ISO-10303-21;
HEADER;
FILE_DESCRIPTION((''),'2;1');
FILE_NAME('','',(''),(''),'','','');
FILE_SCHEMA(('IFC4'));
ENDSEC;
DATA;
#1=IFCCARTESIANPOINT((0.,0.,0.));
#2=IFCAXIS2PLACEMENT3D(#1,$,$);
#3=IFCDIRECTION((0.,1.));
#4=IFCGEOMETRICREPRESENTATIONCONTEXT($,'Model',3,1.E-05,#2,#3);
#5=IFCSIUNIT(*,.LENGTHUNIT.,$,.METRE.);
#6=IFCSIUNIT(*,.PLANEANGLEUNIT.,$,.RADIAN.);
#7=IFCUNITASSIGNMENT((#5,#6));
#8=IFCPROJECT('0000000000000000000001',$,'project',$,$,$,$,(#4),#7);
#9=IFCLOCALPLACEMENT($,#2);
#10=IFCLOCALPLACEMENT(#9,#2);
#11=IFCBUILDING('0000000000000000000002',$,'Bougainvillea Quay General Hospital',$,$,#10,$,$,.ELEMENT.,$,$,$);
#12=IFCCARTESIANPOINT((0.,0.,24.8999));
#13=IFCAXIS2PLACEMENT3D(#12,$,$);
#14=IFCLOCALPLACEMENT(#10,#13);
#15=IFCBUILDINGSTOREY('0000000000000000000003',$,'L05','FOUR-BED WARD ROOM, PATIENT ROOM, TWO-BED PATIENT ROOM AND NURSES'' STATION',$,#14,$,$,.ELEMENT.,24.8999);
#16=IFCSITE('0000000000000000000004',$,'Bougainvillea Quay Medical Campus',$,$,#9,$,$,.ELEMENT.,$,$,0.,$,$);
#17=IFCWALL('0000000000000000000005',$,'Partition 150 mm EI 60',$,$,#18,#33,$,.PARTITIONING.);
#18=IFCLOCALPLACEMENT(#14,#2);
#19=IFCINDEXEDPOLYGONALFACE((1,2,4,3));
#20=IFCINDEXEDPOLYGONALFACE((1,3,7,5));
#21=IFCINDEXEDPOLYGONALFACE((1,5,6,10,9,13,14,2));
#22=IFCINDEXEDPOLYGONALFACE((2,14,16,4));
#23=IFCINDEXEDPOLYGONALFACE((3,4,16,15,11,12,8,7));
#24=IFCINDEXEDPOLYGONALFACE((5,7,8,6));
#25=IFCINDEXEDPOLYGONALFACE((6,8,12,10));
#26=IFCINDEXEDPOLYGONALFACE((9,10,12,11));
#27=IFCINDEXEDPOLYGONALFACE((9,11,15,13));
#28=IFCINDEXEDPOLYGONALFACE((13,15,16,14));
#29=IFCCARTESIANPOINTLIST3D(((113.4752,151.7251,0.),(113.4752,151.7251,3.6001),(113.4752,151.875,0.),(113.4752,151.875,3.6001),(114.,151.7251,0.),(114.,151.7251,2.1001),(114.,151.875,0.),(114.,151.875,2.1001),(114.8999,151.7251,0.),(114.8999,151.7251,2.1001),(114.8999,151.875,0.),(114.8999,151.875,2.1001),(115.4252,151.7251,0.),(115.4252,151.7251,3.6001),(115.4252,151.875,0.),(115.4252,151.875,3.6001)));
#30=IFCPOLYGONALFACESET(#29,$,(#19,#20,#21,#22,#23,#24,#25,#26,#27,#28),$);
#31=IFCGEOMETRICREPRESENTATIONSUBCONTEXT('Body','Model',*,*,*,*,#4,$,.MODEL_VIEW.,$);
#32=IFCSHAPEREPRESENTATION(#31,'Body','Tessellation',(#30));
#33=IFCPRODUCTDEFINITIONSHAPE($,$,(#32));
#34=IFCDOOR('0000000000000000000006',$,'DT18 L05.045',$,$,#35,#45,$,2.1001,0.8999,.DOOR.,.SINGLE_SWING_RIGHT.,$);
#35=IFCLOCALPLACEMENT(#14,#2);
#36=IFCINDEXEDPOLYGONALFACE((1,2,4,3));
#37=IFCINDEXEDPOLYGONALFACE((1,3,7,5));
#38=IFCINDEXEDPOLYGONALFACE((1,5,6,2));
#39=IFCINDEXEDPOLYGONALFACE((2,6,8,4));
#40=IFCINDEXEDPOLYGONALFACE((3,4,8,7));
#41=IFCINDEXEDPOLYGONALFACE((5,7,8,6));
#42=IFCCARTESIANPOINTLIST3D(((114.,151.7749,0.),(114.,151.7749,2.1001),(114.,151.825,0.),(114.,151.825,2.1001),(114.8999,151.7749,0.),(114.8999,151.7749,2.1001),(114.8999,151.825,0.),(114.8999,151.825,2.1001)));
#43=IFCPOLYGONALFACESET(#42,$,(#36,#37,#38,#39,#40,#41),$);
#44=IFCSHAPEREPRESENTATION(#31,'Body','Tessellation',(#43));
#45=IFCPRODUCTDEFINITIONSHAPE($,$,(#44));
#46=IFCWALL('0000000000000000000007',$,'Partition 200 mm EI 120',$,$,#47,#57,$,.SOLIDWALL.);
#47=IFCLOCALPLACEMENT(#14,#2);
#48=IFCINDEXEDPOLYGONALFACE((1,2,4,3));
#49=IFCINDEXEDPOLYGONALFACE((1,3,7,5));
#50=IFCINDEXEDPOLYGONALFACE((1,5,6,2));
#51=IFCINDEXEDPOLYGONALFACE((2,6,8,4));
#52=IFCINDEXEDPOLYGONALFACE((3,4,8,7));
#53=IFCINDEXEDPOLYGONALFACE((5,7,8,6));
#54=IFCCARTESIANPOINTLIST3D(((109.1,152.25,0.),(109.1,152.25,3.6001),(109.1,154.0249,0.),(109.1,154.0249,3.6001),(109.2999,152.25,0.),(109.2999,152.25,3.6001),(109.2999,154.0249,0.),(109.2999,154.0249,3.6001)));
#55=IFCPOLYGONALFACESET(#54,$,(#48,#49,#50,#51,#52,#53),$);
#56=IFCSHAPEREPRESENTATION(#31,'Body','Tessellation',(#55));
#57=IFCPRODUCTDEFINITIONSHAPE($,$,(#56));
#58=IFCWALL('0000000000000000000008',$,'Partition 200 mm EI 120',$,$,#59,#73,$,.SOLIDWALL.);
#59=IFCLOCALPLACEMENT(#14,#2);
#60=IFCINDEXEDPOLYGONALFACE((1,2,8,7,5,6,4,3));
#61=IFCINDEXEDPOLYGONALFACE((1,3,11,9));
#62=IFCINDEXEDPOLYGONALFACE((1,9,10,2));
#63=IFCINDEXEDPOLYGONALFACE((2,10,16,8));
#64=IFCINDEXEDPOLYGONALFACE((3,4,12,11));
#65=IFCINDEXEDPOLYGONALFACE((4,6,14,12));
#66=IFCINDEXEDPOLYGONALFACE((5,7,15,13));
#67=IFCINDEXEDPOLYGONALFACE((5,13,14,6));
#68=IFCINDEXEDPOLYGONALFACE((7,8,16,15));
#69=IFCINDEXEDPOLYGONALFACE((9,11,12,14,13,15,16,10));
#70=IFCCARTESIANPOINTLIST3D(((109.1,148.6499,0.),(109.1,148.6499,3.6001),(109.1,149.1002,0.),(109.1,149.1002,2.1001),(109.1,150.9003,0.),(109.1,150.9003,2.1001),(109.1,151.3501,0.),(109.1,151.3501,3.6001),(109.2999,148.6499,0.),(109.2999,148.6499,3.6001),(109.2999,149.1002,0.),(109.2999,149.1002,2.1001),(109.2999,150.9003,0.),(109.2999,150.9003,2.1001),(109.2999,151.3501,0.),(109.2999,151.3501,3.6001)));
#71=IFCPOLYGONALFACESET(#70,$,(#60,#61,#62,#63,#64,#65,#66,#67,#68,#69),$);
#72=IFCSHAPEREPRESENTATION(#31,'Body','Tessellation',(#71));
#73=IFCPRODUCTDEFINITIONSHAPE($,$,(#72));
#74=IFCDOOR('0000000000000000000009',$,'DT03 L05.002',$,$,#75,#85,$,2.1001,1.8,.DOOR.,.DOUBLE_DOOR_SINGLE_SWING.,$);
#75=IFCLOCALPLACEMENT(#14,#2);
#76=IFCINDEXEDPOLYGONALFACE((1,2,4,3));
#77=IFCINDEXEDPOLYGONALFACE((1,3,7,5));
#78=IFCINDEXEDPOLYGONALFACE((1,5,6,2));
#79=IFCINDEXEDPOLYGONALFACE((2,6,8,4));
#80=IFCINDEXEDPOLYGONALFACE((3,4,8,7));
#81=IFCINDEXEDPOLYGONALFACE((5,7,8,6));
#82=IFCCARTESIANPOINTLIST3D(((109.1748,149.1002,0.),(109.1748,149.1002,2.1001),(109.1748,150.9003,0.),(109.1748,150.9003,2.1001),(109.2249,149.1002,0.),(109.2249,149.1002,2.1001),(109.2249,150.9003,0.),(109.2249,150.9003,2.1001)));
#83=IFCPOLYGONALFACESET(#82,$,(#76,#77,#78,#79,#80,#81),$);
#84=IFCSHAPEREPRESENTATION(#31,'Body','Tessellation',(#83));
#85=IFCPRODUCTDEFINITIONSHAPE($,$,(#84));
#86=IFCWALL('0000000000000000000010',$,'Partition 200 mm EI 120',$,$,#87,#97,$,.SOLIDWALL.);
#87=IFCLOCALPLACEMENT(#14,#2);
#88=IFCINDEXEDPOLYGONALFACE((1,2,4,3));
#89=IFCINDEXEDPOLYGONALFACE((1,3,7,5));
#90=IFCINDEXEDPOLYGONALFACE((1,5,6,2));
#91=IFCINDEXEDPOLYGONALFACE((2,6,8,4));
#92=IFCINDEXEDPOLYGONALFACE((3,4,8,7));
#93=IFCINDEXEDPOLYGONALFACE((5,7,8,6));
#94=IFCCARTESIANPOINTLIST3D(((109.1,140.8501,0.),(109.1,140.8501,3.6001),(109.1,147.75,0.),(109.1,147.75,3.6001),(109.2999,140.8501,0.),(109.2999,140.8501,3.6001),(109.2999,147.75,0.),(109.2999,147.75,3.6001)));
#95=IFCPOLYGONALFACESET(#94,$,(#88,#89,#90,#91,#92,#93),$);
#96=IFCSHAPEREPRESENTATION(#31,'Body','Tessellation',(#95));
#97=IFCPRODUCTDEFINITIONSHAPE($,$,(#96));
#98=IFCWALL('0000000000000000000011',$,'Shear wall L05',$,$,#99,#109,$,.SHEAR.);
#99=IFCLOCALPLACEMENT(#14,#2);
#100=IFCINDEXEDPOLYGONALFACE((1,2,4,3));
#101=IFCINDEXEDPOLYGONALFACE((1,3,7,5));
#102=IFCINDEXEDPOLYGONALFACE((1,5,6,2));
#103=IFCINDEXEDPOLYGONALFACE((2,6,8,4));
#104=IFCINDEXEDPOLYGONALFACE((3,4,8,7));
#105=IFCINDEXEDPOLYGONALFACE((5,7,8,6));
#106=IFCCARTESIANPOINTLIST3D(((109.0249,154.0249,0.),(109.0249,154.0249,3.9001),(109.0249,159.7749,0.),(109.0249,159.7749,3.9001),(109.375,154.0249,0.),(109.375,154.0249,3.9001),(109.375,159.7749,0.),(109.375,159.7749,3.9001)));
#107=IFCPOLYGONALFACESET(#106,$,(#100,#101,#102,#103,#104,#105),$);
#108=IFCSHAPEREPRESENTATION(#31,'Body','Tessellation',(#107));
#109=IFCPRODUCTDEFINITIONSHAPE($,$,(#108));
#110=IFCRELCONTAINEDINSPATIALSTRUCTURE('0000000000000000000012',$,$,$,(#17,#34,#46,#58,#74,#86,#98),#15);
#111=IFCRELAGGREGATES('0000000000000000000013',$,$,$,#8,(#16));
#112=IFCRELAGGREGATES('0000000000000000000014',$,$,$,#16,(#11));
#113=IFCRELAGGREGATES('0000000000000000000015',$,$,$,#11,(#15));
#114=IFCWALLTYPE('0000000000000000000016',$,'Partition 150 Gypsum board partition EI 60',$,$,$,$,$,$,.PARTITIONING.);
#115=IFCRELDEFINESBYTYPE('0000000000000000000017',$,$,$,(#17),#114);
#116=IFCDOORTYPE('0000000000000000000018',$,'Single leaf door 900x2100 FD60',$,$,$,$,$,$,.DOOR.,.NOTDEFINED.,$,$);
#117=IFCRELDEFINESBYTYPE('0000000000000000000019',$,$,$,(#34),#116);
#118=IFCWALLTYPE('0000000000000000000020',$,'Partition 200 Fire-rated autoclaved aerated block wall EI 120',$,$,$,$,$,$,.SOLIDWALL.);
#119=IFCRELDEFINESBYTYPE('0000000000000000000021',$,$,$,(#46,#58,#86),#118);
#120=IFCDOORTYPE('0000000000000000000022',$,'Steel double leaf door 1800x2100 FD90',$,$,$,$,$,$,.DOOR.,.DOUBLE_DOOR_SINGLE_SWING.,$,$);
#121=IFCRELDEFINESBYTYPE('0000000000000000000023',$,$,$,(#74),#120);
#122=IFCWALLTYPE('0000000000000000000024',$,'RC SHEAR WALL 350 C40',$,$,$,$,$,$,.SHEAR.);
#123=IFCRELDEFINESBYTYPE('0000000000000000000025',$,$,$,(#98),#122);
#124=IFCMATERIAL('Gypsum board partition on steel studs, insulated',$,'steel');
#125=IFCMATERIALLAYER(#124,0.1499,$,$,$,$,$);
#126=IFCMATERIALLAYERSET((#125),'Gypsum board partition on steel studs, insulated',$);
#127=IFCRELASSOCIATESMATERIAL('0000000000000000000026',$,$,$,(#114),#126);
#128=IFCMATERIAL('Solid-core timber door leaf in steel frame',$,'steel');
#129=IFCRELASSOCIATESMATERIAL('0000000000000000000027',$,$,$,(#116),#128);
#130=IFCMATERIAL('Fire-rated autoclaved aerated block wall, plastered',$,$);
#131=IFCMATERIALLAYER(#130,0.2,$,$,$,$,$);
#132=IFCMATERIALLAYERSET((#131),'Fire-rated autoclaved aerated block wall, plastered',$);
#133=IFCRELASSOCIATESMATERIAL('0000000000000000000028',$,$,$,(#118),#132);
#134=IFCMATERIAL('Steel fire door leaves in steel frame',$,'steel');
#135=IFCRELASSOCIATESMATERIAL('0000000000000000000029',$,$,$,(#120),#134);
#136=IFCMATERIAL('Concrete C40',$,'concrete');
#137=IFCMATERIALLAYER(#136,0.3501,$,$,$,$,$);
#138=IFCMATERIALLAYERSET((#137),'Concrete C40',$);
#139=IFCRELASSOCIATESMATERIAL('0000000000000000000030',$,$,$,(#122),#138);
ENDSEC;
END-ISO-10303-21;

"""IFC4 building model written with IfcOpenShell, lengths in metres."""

from ifc_helpers import new_model, si_unit, direction, frame, frame_2d, origin, place, context, subcontext, project, spatial, rectangle, extrude, material, layer, layer_set, type_object, element, fill, save


model = new_model("IFC4")

# Units and contexts
model_context = context("Model", 3, precision=1e-05, world=origin(), true_north=direction((0.0, 1.0)))
body_context = subcontext(model_context, "Body", "Model", "MODEL_VIEW")
ifc_project = project(units=[si_unit("LENGTHUNIT", "METRE"), si_unit("PLANEANGLEUNIT", "RADIAN")], contexts=[model_context])

# Site, building, storey
site_placement = place(None, origin())
site = spatial("IfcSite", under=ifc_project, at=site_placement, Name="Bougainvillea Quay Medical Campus", CompositionType="ELEMENT", RefElevation=0.0)
building_placement = place(site_placement, origin())
building = spatial("IfcBuilding", under=site, at=building_placement, Name="Bougainvillea Quay General Hospital", CompositionType="ELEMENT")
storey_placement = place(building_placement, frame((0.0, 0.0, 24.8999)))
storey = spatial("IfcBuildingStorey", under=building, at=storey_placement, Name="L05", Description="FOUR-BED WARD ROOM, PATIENT ROOM, TWO-BED PATIENT ROOM AND NURSES' STATION", CompositionType="ELEMENT", Elevation=24.8999)

# Shared definitions
ifc_material_1 = material(Name="Concrete C40", Category="concrete")

# Shared definitions
ifc_material_2 = material(Name="Gypsum board partition on steel studs, insulated", Category="steel")

# Shared definitions
ifc_material_3 = material(Name="Solid-core timber door leaf in steel frame", Category="steel")

# Wall, opening, door
ifc_layer_1 = layer(ifc_material_2, 0.1499)
ifc_layer_set_1 = layer_set([ifc_layer_1], Name="Gypsum board partition on steel studs, insulated")
wall_type_1 = type_object("IfcWallType", Name="Partition 150 Gypsum board partition EI 60", PredefinedType="PARTITIONING", material=ifc_layer_set_1)
wall_1_placement = place(storey_placement, frame((113.4751, 151.8, 0.0), z_axis=(0.0, 0.0, 1.0), x_axis=(1.0, 0.0, 0.0)))
wall_1 = element("IfcWall", 1, at=wall_1_placement, inside=storey, type_object=wall_type_1, Name="Partition 150 mm EI 60", PredefinedType="PARTITIONING", context=body_context, shape_type="SweptSolid", body=[
    extrude(rectangle(XDim=1.95, YDim=0.1499, at=frame_2d((0.9751, 0.0))), origin(), (0.0, 0.0, 1.0), 3.6001),
])
opening_1_placement = place(wall_1_placement, frame((0.5249, 0.0, 0.0)))
opening_1 = element("IfcOpeningElement", 2, at=opening_1_placement, cuts=wall_1, PredefinedType="OPENING", context=body_context, shape_type="SweptSolid", body=[
    extrude(rectangle(XDim=0.8999, YDim=2.1001, at=frame_2d((0.45, 1.05))), frame((0.0, 0.085, 0.0), z_axis=(0.0, -1.0, 0.0), x_axis=(1.0, 0.0, 0.0)), (0.0, 0.0, 1.0), 0.1699),
])
door_type_1 = type_object("IfcDoorType", Name="Single leaf door 900x2100 FD60", OperationType="NOTDEFINED", PredefinedType="DOOR", material=ifc_material_3)
door_1_placement = place(opening_1_placement, origin())
door_1 = element("IfcDoor", 3, at=door_1_placement, inside=storey, type_object=door_type_1, Name="DT18 L05.045", OperationType="SINGLE_SWING_RIGHT", OverallHeight=2.1001, OverallWidth=0.8999, PredefinedType="DOOR", context=body_context, shape_type="SweptSolid", body=[
    extrude(rectangle(XDim=0.8999, YDim=2.1001, at=frame_2d((0.45, 1.05))), frame((0.0, 0.0249, 0.0), z_axis=(0.0, -1.0, 0.0), x_axis=(1.0, 0.0, 0.0)), (0.0, 0.0, 1.0), 0.05),
])
fill(opening_1, door_1)

# Wall
ifc_material_4 = material(Name="Fire-rated autoclaved aerated block wall, plastered")
ifc_layer_2 = layer(ifc_material_4, 0.2)
ifc_layer_set_2 = layer_set([ifc_layer_2], Name="Fire-rated autoclaved aerated block wall, plastered")
wall_type_2 = type_object("IfcWallType", Name="Partition 200 Fire-rated autoclaved aerated block wall EI 120", PredefinedType="SOLIDWALL", material=ifc_layer_set_2)
wall_2_placement = place(storey_placement, frame((109.2, 154.0249, 0.0), z_axis=(0.0, 0.0, 1.0), x_axis=(0.0, -1.0, 0.0)))
element("IfcWall", 4, at=wall_2_placement, inside=storey, type_object=wall_type_2, Name="Partition 200 mm EI 120", PredefinedType="SOLIDWALL", context=body_context, shape_type="SweptSolid", body=[
    extrude(rectangle(XDim=1.7749, YDim=0.2, at=frame_2d((0.8875, 0.0))), origin(), (0.0, 0.0, 1.0), 3.6001),
])

# Wall, opening, door
wall_3_placement = place(storey_placement, frame((109.2, 151.3501, 0.0), z_axis=(0.0, 0.0, 1.0), x_axis=(0.0, -1.0, 0.0)))
wall_3 = element("IfcWall", 5, at=wall_3_placement, inside=storey, type_object=wall_type_2, Name="Partition 200 mm EI 120", PredefinedType="SOLIDWALL", context=body_context, shape_type="SweptSolid", body=[
    extrude(rectangle(XDim=2.7002, YDim=0.2, at=frame_2d((1.3501, 0.0))), origin(), (0.0, 0.0, 1.0), 3.6001),
])
opening_2_placement = place(wall_3_placement, frame((0.45, 0.0, 0.0)))
opening_2 = element("IfcOpeningElement", 6, at=opening_2_placement, cuts=wall_3, PredefinedType="OPENING", context=body_context, shape_type="SweptSolid", body=[
    extrude(rectangle(XDim=1.8, YDim=2.1001, at=frame_2d((0.8999, 1.05))), frame((0.0, 0.1099, 0.0), z_axis=(0.0, -1.0, 0.0), x_axis=(1.0, 0.0, 0.0)), (0.0, 0.0, 1.0), 0.22),
])
ifc_material_5 = material(Name="Steel fire door leaves in steel frame", Category="steel")
door_type_2 = type_object("IfcDoorType", Name="Steel double leaf door 1800x2100 FD90", OperationType="DOUBLE_DOOR_SINGLE_SWING", PredefinedType="DOOR", material=ifc_material_5)
door_2_placement = place(opening_2_placement, origin())
door_2 = element("IfcDoor", 7, at=door_2_placement, inside=storey, type_object=door_type_2, Name="DT03 L05.002", OperationType="DOUBLE_DOOR_SINGLE_SWING", OverallHeight=2.1001, OverallWidth=1.8, PredefinedType="DOOR", context=body_context, shape_type="SweptSolid", body=[
    extrude(rectangle(XDim=1.8, YDim=2.1001, at=frame_2d((0.8999, 1.05))), frame((0.0, 0.0249, 0.0), z_axis=(0.0, -1.0, 0.0), x_axis=(1.0, 0.0, 0.0)), (0.0, 0.0, 1.0), 0.05),
])
fill(opening_2, door_2)

# Walls
wall_4_placement = place(storey_placement, frame((109.2, 147.75, 0.0), z_axis=(0.0, 0.0, 1.0), x_axis=(0.0, -1.0, 0.0)))
element("IfcWall", 8, at=wall_4_placement, inside=storey, type_object=wall_type_2, Name="Partition 200 mm EI 120", PredefinedType="SOLIDWALL", context=body_context, shape_type="SweptSolid", body=[
    extrude(rectangle(XDim=6.8999, YDim=0.2, at=frame_2d((3.45, 0.0))), origin(), (0.0, 0.0, 1.0), 3.6001),
])
ifc_layer_3 = layer(ifc_material_1, 0.3501)
ifc_layer_set_3 = layer_set([ifc_layer_3], Name="Concrete C40")
wall_type_3 = type_object("IfcWallType", Name="RC SHEAR WALL 350 C40", PredefinedType="SHEAR", material=ifc_layer_set_3)
wall_5_placement = place(storey_placement, frame((109.2, 154.0249, 0.0), z_axis=(0.0, 0.0, 1.0), x_axis=(0.0, 1.0, 0.0)))
element("IfcWall", 9, at=wall_5_placement, inside=storey, type_object=wall_type_3, Name="Shear wall L05", PredefinedType="SHEAR", context=body_context, shape_type="SweptSolid", body=[
    extrude(rectangle(XDim=5.75, YDim=0.3501, at=frame_2d((2.875, 0.0))), origin(), (0.0, 0.0, 1.0), 3.9001),
])

save(model, "model.ifc")
